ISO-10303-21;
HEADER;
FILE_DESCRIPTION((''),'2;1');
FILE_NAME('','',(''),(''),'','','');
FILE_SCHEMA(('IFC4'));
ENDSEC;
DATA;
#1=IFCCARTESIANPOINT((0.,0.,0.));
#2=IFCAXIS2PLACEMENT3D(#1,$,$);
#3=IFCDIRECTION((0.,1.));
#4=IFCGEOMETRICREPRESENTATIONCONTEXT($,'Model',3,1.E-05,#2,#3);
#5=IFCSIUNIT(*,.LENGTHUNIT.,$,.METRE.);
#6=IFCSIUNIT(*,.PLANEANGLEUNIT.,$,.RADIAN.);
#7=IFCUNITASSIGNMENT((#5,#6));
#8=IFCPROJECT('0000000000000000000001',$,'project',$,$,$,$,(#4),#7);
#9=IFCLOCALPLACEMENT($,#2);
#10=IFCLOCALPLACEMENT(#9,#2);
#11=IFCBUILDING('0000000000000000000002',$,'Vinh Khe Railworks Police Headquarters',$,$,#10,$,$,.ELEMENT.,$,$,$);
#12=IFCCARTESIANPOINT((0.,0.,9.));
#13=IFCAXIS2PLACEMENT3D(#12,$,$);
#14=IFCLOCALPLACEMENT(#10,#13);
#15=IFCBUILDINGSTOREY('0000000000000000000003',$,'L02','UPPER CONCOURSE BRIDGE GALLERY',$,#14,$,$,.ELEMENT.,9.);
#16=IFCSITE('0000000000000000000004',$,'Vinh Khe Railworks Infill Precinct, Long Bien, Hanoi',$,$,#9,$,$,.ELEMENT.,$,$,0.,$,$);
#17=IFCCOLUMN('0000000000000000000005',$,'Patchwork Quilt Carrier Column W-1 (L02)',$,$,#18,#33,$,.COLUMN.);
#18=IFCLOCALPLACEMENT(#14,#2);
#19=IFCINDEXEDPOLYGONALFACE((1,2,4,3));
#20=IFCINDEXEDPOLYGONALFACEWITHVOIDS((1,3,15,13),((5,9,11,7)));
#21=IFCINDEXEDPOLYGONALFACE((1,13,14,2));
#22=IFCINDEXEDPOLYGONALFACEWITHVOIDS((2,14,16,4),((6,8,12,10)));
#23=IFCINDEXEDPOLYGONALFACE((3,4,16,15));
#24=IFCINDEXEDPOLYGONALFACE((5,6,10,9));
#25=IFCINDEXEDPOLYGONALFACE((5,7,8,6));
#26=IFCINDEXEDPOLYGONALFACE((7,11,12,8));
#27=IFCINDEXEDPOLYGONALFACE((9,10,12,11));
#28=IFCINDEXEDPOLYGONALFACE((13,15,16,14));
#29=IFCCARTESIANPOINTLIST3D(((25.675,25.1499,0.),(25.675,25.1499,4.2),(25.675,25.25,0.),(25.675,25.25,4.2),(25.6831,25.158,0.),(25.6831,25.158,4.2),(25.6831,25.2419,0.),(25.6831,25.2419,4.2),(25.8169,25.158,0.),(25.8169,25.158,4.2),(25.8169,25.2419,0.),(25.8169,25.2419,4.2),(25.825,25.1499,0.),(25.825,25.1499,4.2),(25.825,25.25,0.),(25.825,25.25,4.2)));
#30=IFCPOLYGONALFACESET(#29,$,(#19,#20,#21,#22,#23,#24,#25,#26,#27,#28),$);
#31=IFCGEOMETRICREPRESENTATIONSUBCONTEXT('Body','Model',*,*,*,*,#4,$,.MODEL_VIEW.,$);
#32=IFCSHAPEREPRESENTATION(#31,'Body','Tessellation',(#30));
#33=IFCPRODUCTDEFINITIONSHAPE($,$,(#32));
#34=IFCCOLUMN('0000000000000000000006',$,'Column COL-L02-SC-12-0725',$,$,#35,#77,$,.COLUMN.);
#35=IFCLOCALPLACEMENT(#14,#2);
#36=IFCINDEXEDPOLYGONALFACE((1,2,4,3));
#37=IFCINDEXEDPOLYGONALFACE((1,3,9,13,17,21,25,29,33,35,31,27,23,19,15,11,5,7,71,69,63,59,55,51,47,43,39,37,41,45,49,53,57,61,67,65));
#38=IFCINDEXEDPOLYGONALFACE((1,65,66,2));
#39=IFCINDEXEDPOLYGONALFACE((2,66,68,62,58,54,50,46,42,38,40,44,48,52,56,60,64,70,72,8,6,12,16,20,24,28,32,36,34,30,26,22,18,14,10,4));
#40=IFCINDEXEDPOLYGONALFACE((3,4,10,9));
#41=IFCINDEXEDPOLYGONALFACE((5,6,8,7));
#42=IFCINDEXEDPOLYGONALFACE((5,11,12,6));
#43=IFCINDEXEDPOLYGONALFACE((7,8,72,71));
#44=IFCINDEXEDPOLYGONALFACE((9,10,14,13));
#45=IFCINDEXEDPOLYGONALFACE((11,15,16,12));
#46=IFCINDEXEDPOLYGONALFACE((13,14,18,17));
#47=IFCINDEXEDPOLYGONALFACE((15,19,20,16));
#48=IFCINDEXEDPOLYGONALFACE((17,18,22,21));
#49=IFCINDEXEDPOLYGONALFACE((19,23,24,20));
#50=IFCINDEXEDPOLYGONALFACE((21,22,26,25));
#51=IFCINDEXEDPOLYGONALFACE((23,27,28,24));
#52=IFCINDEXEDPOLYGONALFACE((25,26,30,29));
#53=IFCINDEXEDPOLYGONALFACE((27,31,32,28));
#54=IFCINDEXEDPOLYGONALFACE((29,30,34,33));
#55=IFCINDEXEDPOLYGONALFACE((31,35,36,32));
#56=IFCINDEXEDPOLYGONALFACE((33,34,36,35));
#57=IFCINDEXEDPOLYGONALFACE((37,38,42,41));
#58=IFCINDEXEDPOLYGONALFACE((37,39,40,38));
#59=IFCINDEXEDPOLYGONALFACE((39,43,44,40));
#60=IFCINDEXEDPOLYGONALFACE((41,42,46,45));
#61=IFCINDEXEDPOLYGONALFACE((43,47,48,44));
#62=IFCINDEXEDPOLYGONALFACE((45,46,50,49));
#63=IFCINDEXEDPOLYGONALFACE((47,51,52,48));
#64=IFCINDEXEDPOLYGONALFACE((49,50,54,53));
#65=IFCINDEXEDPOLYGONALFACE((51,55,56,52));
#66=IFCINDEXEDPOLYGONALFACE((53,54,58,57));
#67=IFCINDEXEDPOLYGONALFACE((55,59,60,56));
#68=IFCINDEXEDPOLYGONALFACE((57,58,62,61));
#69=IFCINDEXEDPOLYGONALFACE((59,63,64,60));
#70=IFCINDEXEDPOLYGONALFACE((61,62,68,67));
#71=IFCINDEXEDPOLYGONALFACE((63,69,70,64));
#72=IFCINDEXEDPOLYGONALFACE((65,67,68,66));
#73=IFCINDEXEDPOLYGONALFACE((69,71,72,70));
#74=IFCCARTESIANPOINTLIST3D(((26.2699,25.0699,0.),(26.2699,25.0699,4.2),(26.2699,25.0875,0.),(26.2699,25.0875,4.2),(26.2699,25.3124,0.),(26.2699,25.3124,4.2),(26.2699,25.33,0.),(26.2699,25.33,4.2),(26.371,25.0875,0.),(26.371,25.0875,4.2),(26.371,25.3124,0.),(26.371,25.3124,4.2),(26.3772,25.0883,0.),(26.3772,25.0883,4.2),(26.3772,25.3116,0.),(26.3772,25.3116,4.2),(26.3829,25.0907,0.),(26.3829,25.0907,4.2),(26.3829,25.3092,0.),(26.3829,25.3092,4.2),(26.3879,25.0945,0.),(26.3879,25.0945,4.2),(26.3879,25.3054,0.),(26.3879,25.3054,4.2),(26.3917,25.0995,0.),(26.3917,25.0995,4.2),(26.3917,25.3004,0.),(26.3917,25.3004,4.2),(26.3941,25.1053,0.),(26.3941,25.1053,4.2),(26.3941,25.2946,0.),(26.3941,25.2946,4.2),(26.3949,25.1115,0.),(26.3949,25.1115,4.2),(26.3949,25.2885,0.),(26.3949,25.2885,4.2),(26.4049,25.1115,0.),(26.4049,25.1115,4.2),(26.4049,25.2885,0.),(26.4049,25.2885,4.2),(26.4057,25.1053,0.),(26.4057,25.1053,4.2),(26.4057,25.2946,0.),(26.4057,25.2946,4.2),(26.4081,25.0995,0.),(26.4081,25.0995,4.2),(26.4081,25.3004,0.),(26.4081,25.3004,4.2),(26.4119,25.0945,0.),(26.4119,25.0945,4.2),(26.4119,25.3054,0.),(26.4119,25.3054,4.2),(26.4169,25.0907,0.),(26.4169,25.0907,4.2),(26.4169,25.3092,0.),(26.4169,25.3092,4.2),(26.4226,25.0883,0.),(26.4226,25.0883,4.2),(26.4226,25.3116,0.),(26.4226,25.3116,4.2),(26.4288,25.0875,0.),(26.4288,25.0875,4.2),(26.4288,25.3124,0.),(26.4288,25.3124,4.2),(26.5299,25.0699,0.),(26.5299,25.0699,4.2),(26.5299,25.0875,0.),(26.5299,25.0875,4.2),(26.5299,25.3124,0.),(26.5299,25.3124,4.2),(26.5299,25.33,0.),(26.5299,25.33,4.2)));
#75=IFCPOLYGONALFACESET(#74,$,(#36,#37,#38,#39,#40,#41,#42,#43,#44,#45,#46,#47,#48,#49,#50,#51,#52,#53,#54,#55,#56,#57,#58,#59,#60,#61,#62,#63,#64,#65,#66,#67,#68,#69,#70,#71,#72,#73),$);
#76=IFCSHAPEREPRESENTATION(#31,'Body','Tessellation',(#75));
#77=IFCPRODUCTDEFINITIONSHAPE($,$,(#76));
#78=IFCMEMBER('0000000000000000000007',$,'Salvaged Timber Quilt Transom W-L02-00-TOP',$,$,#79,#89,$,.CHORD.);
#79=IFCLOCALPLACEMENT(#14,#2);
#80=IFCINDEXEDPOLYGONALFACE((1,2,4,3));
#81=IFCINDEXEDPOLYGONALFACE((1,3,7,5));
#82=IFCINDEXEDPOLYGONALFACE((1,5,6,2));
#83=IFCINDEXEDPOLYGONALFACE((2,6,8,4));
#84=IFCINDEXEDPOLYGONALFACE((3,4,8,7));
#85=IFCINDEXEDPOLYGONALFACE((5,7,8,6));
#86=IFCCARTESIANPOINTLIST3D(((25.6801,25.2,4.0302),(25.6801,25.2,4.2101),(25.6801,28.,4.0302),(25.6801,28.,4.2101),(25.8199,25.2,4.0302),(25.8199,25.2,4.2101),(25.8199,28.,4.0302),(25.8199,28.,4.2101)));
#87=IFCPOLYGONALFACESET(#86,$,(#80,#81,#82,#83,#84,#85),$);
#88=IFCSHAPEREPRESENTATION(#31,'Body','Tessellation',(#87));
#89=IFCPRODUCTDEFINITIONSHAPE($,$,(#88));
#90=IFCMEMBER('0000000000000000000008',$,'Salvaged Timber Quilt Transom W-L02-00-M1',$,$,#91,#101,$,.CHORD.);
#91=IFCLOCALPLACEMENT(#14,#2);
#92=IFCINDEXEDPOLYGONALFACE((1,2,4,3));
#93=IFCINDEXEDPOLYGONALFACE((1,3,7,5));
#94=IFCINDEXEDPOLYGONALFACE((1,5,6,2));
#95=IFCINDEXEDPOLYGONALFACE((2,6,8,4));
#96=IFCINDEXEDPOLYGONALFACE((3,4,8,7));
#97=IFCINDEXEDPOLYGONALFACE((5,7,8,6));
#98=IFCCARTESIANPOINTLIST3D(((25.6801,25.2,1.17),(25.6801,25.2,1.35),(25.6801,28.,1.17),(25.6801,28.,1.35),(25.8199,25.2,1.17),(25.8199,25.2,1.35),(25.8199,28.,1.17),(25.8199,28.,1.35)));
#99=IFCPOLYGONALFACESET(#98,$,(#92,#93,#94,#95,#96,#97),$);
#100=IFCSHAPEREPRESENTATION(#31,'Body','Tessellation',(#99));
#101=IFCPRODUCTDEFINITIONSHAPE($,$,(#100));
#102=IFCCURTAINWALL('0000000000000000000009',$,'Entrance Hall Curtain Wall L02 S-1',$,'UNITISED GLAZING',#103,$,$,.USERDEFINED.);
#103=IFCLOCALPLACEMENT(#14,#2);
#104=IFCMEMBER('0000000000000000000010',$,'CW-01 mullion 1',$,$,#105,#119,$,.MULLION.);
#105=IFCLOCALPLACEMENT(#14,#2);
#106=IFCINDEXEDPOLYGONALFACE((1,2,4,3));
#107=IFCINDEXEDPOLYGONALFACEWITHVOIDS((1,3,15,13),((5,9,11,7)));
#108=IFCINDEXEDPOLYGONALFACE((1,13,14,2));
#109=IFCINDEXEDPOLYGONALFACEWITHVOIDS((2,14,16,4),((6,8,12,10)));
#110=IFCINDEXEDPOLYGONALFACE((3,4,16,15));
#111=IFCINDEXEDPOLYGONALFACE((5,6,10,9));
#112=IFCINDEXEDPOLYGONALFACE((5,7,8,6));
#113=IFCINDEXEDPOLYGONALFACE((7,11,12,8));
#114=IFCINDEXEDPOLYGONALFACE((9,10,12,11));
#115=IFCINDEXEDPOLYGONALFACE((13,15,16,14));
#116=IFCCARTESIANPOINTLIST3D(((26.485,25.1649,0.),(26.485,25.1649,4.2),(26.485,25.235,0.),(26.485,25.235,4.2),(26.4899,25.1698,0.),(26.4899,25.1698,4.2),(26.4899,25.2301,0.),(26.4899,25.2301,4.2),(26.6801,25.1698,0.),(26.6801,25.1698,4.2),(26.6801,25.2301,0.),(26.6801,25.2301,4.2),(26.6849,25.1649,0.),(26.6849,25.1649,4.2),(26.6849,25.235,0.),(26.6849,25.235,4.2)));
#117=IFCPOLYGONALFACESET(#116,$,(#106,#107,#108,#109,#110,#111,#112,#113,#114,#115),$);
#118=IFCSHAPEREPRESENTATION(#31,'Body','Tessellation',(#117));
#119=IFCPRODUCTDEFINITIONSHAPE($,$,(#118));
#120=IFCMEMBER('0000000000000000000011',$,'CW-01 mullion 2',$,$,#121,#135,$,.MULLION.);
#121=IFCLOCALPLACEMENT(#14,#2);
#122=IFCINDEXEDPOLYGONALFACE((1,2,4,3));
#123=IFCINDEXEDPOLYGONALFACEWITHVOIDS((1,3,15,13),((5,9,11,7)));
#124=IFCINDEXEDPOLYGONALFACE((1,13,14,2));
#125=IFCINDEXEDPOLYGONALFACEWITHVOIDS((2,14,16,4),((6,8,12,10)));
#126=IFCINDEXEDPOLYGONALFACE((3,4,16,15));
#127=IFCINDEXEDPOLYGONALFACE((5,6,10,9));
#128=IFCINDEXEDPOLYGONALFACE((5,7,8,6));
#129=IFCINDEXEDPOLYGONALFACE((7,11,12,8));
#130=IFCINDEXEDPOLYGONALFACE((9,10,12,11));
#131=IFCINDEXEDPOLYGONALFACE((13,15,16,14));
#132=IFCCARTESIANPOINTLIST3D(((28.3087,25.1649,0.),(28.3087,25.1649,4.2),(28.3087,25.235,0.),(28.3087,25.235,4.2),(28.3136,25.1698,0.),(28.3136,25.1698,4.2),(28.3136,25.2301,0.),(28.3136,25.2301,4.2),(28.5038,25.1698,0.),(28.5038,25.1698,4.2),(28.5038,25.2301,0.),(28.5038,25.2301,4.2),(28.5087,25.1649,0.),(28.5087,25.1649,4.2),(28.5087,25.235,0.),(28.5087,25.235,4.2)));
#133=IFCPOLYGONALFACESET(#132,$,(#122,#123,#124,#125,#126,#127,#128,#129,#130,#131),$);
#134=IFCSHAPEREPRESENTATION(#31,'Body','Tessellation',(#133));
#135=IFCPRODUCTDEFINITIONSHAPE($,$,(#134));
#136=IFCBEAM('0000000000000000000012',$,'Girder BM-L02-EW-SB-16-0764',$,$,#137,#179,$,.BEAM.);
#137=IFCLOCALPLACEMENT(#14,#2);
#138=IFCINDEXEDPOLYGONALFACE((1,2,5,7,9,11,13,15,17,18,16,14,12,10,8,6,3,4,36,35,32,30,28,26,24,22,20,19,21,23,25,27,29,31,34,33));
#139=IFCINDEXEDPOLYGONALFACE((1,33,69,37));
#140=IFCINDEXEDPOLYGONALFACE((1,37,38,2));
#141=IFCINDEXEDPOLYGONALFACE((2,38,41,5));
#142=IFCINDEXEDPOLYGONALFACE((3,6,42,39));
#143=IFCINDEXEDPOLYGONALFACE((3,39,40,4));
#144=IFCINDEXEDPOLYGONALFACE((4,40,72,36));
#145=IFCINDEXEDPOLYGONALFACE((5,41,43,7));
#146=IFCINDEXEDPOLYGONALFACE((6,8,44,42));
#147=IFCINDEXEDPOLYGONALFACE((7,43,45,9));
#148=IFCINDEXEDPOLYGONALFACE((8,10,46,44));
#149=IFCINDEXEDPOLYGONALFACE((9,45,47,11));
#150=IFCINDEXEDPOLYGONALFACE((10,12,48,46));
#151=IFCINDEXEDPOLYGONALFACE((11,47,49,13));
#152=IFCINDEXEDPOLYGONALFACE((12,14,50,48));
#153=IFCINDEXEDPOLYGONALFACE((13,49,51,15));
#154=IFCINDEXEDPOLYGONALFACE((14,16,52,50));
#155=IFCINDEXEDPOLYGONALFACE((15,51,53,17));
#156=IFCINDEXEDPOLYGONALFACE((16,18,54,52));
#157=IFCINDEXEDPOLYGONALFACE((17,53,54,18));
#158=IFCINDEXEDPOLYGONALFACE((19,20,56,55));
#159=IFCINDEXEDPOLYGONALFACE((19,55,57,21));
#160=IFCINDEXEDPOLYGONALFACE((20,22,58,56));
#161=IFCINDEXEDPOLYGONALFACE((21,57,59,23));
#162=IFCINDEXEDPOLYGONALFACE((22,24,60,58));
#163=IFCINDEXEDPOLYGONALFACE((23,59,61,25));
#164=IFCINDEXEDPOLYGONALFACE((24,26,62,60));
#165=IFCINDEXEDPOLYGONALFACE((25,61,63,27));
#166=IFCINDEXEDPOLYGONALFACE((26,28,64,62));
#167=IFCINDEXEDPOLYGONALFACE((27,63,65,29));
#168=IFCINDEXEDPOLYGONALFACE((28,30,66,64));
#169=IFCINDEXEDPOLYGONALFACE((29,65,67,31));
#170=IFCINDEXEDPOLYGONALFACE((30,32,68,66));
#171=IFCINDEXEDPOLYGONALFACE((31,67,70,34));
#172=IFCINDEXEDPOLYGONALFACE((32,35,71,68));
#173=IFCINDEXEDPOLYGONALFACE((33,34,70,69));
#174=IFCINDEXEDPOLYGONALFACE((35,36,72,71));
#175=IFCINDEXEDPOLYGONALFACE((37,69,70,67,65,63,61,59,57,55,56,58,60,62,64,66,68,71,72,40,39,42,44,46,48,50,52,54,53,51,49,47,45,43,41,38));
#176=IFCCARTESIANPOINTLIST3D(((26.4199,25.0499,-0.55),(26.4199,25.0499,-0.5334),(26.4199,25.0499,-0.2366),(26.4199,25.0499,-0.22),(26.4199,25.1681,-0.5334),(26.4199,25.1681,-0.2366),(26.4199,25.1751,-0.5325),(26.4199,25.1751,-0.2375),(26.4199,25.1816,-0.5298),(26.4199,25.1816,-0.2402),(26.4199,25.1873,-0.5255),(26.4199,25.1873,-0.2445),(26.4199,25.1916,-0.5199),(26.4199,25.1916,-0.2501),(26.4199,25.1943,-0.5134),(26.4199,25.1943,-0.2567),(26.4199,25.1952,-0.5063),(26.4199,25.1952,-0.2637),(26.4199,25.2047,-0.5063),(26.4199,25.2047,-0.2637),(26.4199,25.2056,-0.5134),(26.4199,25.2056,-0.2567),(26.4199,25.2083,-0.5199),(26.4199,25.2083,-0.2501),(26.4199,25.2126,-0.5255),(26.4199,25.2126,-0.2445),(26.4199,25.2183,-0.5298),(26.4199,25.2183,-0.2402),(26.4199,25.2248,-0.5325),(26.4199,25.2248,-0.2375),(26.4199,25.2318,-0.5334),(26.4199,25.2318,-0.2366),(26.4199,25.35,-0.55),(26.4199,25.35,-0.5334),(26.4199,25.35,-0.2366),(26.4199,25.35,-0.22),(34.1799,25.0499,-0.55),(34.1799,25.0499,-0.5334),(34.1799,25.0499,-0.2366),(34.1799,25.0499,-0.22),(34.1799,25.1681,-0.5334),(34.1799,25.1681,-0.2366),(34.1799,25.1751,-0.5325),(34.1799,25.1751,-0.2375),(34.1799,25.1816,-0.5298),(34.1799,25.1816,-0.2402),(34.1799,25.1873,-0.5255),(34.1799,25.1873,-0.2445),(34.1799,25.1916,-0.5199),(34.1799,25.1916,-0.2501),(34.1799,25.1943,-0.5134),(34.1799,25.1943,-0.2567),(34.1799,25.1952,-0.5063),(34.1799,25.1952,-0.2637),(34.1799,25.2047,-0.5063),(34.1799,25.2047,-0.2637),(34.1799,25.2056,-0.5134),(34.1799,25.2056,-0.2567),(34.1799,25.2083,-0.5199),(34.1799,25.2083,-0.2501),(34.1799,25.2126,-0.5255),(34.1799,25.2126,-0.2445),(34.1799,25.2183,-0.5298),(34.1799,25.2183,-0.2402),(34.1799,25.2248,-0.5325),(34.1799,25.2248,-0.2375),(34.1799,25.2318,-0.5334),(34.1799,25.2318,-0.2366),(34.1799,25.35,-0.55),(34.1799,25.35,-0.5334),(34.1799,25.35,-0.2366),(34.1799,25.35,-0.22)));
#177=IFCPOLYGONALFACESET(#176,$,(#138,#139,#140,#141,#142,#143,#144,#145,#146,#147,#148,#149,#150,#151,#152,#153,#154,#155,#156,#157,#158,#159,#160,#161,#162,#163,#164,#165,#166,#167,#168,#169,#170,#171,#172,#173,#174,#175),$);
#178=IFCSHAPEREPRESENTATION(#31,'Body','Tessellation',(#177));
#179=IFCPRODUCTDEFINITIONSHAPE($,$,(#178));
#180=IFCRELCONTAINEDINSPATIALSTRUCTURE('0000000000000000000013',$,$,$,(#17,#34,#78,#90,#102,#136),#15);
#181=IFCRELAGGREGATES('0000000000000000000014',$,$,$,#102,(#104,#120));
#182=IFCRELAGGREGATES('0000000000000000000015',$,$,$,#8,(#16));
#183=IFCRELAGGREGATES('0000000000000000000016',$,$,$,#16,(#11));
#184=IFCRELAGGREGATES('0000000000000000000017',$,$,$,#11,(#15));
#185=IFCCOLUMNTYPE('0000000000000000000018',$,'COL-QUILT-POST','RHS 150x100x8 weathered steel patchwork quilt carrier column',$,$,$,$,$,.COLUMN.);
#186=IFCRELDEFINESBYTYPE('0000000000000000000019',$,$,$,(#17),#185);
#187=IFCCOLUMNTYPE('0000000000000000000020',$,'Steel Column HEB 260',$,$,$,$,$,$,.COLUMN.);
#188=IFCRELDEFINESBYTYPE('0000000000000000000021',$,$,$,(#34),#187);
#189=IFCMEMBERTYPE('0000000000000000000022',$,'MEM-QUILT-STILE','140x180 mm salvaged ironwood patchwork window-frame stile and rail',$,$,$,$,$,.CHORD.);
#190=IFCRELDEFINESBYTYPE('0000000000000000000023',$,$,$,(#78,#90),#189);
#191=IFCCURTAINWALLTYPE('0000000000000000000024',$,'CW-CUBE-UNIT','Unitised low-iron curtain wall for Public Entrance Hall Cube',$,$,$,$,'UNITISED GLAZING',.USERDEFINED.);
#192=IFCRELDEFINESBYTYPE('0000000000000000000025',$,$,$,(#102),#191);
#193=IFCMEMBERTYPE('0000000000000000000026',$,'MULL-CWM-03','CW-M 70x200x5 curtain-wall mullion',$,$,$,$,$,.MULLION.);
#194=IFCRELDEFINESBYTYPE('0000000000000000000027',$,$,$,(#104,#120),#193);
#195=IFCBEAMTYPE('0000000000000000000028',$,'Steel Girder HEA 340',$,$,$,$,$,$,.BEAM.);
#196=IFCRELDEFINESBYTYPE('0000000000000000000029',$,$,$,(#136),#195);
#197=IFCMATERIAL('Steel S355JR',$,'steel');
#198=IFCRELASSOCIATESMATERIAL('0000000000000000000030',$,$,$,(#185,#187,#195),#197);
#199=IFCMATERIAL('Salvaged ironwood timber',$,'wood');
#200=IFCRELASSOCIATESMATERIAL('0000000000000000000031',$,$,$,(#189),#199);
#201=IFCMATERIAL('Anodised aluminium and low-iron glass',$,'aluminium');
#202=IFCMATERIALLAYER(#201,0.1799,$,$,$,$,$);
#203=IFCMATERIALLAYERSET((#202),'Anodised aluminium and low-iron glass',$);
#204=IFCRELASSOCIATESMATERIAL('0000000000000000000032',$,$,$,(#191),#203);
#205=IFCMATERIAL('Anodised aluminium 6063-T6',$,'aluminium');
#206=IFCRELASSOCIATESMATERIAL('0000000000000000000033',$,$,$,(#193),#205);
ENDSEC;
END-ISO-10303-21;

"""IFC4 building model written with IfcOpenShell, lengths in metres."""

from ifc_helpers import new_model, si_unit, direction, frame, origin, origin_2d, place, context, subcontext, project, spatial, rectangle, hollow_rectangle, i_section, extrude, material, layer, layer_set, material_profile, profile_set, type_object, element, aggregate, save


model = new_model("IFC4")

# Units and contexts
model_context = context("Model", 3, precision=1e-05, world=origin(), true_north=direction((0.0, 1.0)))
body_context = subcontext(model_context, "Body", "Model", "MODEL_VIEW")
ifc_project = project(units=[si_unit("LENGTHUNIT", "METRE"), si_unit("PLANEANGLEUNIT", "RADIAN")], contexts=[model_context])

# Site, building, storey
site_placement = place(None, origin())
site = spatial("IfcSite", under=ifc_project, at=site_placement, Name="Vinh Khe Railworks Infill Precinct, Long Bien, Hanoi", CompositionType="ELEMENT", RefElevation=0.0)
building_placement = place(site_placement, origin())
building = spatial("IfcBuilding", under=site, at=building_placement, Name="Vinh Khe Railworks Police Headquarters", CompositionType="ELEMENT")
storey_placement = place(building_placement, frame((0.0, 0.0, 9.0)))
storey = spatial("IfcBuildingStorey", under=building, at=storey_placement, Name="L02", Description="UPPER CONCOURSE BRIDGE GALLERY", CompositionType="ELEMENT", Elevation=9.0)

# Columns
ifc_material_1 = material(Name="Steel S355JR", Category="steel")
ifc_material_profile_1 = material_profile(ifc_material_1, hollow_rectangle(XDim=0.1499, YDim=0.1001, WallThickness=0.0081, at=origin_2d()), Name="RHS 150x100x8")
ifc_profile_set_1 = profile_set([ifc_material_profile_1], Name="Steel S355JR")
column_type_1 = type_object("IfcColumnType", Name="COL-QUILT-POST", Description="RHS 150x100x8 weathered steel patchwork quilt carrier column", PredefinedType="COLUMN", material=ifc_profile_set_1)
column_1_placement = place(storey_placement, frame((25.75, 25.2, 0.0), z_axis=(0.0, 0.0, 1.0), x_axis=(1.0, 0.0, 0.0)))
element("IfcColumn", 1, at=column_1_placement, inside=storey, type_object=column_type_1, Name="Patchwork Quilt Carrier Column W-1 (L02)", PredefinedType="COLUMN", context=body_context, shape_type="SweptSolid", body=[
    extrude(hollow_rectangle(XDim=0.1499, YDim=0.1001, WallThickness=0.0081, at=origin_2d()), origin(), (0.0, 0.0, 1.0), 4.2),
])
ifc_material_profile_2 = material_profile(ifc_material_1, i_section(OverallWidth=0.26, OverallDepth=0.26, WebThickness=0.01, FlangeThickness=0.0176, FilletRadius=0.0239, at=origin_2d()), Name="HEB 260")
ifc_profile_set_2 = profile_set([ifc_material_profile_2], Name="Steel S355JR")
column_type_2 = type_object("IfcColumnType", Name="Steel Column HEB 260", PredefinedType="COLUMN", material=ifc_profile_set_2)
column_2_placement = place(storey_placement, frame((26.3999, 25.2, 0.0), z_axis=(0.0, 0.0, 1.0), x_axis=(1.0, 0.0, 0.0)))
element("IfcColumn", 2, at=column_2_placement, inside=storey, type_object=column_type_2, Name="Column COL-L02-SC-12-0725", PredefinedType="COLUMN", context=body_context, shape_type="SweptSolid", body=[
    extrude(i_section(OverallWidth=0.26, OverallDepth=0.26, WebThickness=0.01, FlangeThickness=0.0176, FilletRadius=0.0239, at=origin_2d()), origin(), (0.0, 0.0, 1.0), 4.2),
])

# Members
ifc_material_2 = material(Name="Salvaged ironwood timber", Category="wood")
ifc_material_profile_3 = material_profile(ifc_material_2, rectangle(XDim=0.1399, YDim=0.1799, at=origin_2d()), Name="TIMBER 140x180")
ifc_profile_set_3 = profile_set([ifc_material_profile_3], Name="Salvaged ironwood timber")
member_type_1 = type_object("IfcMemberType", Name="MEM-QUILT-STILE", Description="140x180 mm salvaged ironwood patchwork window-frame stile and rail", PredefinedType="CHORD", material=ifc_profile_set_3)
for number, where, z_axis, x_axis, name in (
    (3, (25.75, 25.2, 4.1201), (0.0, 1.0, 0.0), (-1.0, 0.0, 0.0), "Salvaged Timber Quilt Transom W-L02-00-TOP"),
    (4, (25.75, 25.2, 1.26), (0.0, 1.0, 0.0), (-1.0, 0.0, 0.0), "Salvaged Timber Quilt Transom W-L02-00-M1"),
):
    element("IfcMember", number, at=place(storey_placement, frame(where, z_axis=z_axis, x_axis=x_axis)), inside=storey, type_object=member_type_1, Name=name, PredefinedType="CHORD", context=body_context, shape_type="SweptSolid", body=[
        extrude(rectangle(XDim=0.1399, YDim=0.1799, at=origin_2d()), origin(), (0.0, 0.0, 1.0), 2.8),
    ])

# Curtain wall, members
ifc_material_3 = material(Name="Anodised aluminium and low-iron glass", Category="aluminium")
ifc_layer_1 = layer(ifc_material_3, 0.1799)
ifc_layer_set_1 = layer_set([ifc_layer_1], Name="Anodised aluminium and low-iron glass")
curtain_wall_type = type_object("IfcCurtainWallType", Name="CW-CUBE-UNIT", Description="Unitised low-iron curtain wall for Public Entrance Hall Cube", ElementType="UNITISED GLAZING", PredefinedType="USERDEFINED", material=ifc_layer_set_1)
curtain_wall_placement = place(storey_placement, origin())
curtain_wall = element("IfcCurtainWall", 5, at=curtain_wall_placement, inside=storey, type_object=curtain_wall_type, Name="Entrance Hall Curtain Wall L02 S-1", ObjectType="UNITISED GLAZING", PredefinedType="USERDEFINED")
ifc_material_4 = material(Name="Anodised aluminium 6063-T6", Category="aluminium")
ifc_material_profile_4 = material_profile(ifc_material_4, hollow_rectangle(XDim=0.0701, YDim=0.2, WallThickness=0.0049, at=origin_2d()), Name="CW-M 70x200x5")
ifc_profile_set_4 = profile_set([ifc_material_profile_4], Name="Anodised aluminium 6063-T6")
member_type_2 = type_object("IfcMemberType", Name="MULL-CWM-03", Description="CW-M 70x200x5 curtain-wall mullion", PredefinedType="MULLION", material=ifc_profile_set_4)
member_1_placement = place(storey_placement, frame((26.585, 25.2, 0.0), z_axis=(0.0, 0.0, 1.0), x_axis=(0.0, 1.0, 0.0)))
member_1 = element("IfcMember", 6, at=member_1_placement, type_object=member_type_2, Name="CW-01 mullion 1", PredefinedType="MULLION", context=body_context, shape_type="SweptSolid", body=[
    extrude(hollow_rectangle(XDim=0.0701, YDim=0.2, WallThickness=0.0049, at=origin_2d()), origin(), (0.0, 0.0, 1.0), 4.2),
])
member_2_placement = place(storey_placement, frame((28.4087, 25.2, 0.0), z_axis=(0.0, 0.0, 1.0), x_axis=(0.0, 1.0, 0.0)))
member_2 = element("IfcMember", 7, at=member_2_placement, type_object=member_type_2, Name="CW-01 mullion 2", PredefinedType="MULLION", context=body_context, shape_type="SweptSolid", body=[
    extrude(hollow_rectangle(XDim=0.0701, YDim=0.2, WallThickness=0.0049, at=origin_2d()), origin(), (0.0, 0.0, 1.0), 4.2),
])

# Beam
ifc_material_profile_5 = material_profile(ifc_material_1, i_section(OverallWidth=0.3, OverallDepth=0.3301, WebThickness=0.0095, FlangeThickness=0.0166, FilletRadius=0.0271, at=origin_2d()), Name="HEA 340")
ifc_profile_set_5 = profile_set([ifc_material_profile_5], Name="Steel S355JR")
beam_type = type_object("IfcBeamType", Name="Steel Girder HEA 340", PredefinedType="BEAM", material=ifc_profile_set_5)
beam_placement = place(storey_placement, frame((26.4199, 25.2, -0.385), z_axis=(1.0, 0.0, 0.0), x_axis=(0.0, 1.0, 0.0)))
element("IfcBeam", 8, at=beam_placement, inside=storey, type_object=beam_type, Name="Girder BM-L02-EW-SB-16-0764", PredefinedType="BEAM", context=body_context, shape_type="SweptSolid", body=[
    extrude(i_section(OverallWidth=0.3, OverallDepth=0.3301, WebThickness=0.0095, FlangeThickness=0.0166, FilletRadius=0.0271, at=origin_2d()), origin(), (0.0, 0.0, 1.0), 7.76),
])

aggregate(curtain_wall, [member_1, member_2])

save(model, "model.ifc")
